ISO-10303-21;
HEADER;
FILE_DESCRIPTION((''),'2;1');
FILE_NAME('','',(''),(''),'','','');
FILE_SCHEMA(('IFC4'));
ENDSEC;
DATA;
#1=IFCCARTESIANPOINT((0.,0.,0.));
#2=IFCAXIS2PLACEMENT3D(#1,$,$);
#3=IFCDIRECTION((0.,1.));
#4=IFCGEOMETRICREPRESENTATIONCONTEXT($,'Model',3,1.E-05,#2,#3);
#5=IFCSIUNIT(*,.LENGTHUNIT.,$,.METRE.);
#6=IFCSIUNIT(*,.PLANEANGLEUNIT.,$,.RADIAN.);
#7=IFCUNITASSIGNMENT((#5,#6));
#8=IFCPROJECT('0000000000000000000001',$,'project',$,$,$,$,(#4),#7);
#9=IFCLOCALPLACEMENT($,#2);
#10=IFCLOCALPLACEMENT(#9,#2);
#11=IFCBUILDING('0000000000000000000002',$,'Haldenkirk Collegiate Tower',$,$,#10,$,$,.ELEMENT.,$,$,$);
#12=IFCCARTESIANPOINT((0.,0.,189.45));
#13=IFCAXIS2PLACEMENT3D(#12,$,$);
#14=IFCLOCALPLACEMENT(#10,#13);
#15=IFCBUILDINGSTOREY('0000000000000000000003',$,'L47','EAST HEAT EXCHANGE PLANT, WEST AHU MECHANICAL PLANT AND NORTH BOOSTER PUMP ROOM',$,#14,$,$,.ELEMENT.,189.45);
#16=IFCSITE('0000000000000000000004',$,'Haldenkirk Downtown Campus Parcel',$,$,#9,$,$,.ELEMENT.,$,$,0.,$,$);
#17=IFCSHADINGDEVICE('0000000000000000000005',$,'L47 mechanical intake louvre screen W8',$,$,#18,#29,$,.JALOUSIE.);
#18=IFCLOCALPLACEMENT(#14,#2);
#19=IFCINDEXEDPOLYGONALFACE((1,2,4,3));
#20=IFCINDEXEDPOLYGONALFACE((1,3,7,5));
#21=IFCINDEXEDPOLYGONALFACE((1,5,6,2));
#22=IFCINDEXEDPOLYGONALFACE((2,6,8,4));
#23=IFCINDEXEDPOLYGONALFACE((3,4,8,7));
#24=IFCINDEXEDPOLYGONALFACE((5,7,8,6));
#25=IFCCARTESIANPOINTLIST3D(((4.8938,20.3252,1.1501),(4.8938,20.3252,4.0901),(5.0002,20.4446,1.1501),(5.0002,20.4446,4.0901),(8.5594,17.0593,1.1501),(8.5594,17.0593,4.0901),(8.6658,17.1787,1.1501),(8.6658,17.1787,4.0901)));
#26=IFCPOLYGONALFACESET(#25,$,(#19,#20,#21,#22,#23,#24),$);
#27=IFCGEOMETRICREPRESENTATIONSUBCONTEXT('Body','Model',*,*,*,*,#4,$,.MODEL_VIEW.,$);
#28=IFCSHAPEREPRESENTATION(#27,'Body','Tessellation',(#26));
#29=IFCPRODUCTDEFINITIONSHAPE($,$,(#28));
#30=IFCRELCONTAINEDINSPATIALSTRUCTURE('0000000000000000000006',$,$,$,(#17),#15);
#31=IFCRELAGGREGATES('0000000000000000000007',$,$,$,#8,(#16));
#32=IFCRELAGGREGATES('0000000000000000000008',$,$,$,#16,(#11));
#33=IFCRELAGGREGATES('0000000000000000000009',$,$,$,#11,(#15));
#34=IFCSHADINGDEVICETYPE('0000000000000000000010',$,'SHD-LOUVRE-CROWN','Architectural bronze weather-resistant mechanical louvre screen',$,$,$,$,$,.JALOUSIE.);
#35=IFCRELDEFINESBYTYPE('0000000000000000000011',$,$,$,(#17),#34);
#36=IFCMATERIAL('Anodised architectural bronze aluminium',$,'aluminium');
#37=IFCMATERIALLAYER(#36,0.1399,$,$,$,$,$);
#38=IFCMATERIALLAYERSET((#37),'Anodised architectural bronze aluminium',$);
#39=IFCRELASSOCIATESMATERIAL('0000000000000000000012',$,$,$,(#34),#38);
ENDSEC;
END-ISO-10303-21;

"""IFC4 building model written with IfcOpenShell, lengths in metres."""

from ifc_helpers import new_model, si_unit, direction, frame, origin, origin_2d, place, context, subcontext, project, spatial, rectangle, extrude, source, transform, mapped, material, layer, layer_set, type_object, element, save


model = new_model("IFC4")

# Units and contexts
model_context = context("Model", 3, precision=1e-05, world=origin(), true_north=direction((0.0, 1.0)))
body_context = subcontext(model_context, "Body", "Model", "MODEL_VIEW")
ifc_project = project(units=[si_unit("LENGTHUNIT", "METRE"), si_unit("PLANEANGLEUNIT", "RADIAN")], contexts=[model_context])

# Site, building, storey
site_placement = place(None, origin())
site = spatial("IfcSite", under=ifc_project, at=site_placement, Name="Haldenkirk Downtown Campus Parcel", CompositionType="ELEMENT", RefElevation=0.0)
building_placement = place(site_placement, origin())
building = spatial("IfcBuilding", under=site, at=building_placement, Name="Haldenkirk Collegiate Tower", CompositionType="ELEMENT")
storey_placement = place(building_placement, frame((0.0, 0.0, 189.45)))
storey = spatial("IfcBuildingStorey", under=building, at=storey_placement, Name="L47", Description="EAST HEAT EXCHANGE PLANT, WEST AHU MECHANICAL PLANT AND NORTH BOOSTER PUMP ROOM", CompositionType="ELEMENT", Elevation=189.45)

# Shading device
ifc_material_1 = material(Name="Anodised architectural bronze aluminium", Category="aluminium")
ifc_layer_1 = layer(ifc_material_1, 0.1399)
ifc_layer_set_1 = layer_set([ifc_layer_1], Name="Anodised architectural bronze aluminium")
shading_device_type = type_object("IfcShadingDeviceType", Name="SHD-LOUVRE-CROWN", Description="Architectural bronze weather-resistant mechanical louvre screen", PredefinedType="JALOUSIE", material=ifc_layer_set_1)
shared_shape_1 = source(origin(), body_context, "Body", "SweptSolid", [
    extrude(rectangle(XDim=4.9094, YDim=0.1599, at=origin_2d()), origin(), (0.0, 0.0, 1.0), 2.9399),
])
shading_device_placement = place(storey_placement, frame((6.7798, 18.752, 1.1501), z_axis=(0.0, 0.0, 1.0), x_axis=(-0.746638, 0.66523, 0.0)))
element("IfcShadingDevice", 1, at=shading_device_placement, inside=storey, type_object=shading_device_type, Name="L47 mechanical intake louvre screen W8", PredefinedType="JALOUSIE", context=body_context, shape_type="MappedRepresentation", body=[
    mapped(shared_shape_1, transform((0.0, 0.0, 0.0), x_axis=(1.0, 0.0, 0.0), y_axis=(0.0, 1.0, 0.0), z_axis=(0.0, 0.0, 1.0), scale=1.0)),
])

save(model, "model.ifc")
